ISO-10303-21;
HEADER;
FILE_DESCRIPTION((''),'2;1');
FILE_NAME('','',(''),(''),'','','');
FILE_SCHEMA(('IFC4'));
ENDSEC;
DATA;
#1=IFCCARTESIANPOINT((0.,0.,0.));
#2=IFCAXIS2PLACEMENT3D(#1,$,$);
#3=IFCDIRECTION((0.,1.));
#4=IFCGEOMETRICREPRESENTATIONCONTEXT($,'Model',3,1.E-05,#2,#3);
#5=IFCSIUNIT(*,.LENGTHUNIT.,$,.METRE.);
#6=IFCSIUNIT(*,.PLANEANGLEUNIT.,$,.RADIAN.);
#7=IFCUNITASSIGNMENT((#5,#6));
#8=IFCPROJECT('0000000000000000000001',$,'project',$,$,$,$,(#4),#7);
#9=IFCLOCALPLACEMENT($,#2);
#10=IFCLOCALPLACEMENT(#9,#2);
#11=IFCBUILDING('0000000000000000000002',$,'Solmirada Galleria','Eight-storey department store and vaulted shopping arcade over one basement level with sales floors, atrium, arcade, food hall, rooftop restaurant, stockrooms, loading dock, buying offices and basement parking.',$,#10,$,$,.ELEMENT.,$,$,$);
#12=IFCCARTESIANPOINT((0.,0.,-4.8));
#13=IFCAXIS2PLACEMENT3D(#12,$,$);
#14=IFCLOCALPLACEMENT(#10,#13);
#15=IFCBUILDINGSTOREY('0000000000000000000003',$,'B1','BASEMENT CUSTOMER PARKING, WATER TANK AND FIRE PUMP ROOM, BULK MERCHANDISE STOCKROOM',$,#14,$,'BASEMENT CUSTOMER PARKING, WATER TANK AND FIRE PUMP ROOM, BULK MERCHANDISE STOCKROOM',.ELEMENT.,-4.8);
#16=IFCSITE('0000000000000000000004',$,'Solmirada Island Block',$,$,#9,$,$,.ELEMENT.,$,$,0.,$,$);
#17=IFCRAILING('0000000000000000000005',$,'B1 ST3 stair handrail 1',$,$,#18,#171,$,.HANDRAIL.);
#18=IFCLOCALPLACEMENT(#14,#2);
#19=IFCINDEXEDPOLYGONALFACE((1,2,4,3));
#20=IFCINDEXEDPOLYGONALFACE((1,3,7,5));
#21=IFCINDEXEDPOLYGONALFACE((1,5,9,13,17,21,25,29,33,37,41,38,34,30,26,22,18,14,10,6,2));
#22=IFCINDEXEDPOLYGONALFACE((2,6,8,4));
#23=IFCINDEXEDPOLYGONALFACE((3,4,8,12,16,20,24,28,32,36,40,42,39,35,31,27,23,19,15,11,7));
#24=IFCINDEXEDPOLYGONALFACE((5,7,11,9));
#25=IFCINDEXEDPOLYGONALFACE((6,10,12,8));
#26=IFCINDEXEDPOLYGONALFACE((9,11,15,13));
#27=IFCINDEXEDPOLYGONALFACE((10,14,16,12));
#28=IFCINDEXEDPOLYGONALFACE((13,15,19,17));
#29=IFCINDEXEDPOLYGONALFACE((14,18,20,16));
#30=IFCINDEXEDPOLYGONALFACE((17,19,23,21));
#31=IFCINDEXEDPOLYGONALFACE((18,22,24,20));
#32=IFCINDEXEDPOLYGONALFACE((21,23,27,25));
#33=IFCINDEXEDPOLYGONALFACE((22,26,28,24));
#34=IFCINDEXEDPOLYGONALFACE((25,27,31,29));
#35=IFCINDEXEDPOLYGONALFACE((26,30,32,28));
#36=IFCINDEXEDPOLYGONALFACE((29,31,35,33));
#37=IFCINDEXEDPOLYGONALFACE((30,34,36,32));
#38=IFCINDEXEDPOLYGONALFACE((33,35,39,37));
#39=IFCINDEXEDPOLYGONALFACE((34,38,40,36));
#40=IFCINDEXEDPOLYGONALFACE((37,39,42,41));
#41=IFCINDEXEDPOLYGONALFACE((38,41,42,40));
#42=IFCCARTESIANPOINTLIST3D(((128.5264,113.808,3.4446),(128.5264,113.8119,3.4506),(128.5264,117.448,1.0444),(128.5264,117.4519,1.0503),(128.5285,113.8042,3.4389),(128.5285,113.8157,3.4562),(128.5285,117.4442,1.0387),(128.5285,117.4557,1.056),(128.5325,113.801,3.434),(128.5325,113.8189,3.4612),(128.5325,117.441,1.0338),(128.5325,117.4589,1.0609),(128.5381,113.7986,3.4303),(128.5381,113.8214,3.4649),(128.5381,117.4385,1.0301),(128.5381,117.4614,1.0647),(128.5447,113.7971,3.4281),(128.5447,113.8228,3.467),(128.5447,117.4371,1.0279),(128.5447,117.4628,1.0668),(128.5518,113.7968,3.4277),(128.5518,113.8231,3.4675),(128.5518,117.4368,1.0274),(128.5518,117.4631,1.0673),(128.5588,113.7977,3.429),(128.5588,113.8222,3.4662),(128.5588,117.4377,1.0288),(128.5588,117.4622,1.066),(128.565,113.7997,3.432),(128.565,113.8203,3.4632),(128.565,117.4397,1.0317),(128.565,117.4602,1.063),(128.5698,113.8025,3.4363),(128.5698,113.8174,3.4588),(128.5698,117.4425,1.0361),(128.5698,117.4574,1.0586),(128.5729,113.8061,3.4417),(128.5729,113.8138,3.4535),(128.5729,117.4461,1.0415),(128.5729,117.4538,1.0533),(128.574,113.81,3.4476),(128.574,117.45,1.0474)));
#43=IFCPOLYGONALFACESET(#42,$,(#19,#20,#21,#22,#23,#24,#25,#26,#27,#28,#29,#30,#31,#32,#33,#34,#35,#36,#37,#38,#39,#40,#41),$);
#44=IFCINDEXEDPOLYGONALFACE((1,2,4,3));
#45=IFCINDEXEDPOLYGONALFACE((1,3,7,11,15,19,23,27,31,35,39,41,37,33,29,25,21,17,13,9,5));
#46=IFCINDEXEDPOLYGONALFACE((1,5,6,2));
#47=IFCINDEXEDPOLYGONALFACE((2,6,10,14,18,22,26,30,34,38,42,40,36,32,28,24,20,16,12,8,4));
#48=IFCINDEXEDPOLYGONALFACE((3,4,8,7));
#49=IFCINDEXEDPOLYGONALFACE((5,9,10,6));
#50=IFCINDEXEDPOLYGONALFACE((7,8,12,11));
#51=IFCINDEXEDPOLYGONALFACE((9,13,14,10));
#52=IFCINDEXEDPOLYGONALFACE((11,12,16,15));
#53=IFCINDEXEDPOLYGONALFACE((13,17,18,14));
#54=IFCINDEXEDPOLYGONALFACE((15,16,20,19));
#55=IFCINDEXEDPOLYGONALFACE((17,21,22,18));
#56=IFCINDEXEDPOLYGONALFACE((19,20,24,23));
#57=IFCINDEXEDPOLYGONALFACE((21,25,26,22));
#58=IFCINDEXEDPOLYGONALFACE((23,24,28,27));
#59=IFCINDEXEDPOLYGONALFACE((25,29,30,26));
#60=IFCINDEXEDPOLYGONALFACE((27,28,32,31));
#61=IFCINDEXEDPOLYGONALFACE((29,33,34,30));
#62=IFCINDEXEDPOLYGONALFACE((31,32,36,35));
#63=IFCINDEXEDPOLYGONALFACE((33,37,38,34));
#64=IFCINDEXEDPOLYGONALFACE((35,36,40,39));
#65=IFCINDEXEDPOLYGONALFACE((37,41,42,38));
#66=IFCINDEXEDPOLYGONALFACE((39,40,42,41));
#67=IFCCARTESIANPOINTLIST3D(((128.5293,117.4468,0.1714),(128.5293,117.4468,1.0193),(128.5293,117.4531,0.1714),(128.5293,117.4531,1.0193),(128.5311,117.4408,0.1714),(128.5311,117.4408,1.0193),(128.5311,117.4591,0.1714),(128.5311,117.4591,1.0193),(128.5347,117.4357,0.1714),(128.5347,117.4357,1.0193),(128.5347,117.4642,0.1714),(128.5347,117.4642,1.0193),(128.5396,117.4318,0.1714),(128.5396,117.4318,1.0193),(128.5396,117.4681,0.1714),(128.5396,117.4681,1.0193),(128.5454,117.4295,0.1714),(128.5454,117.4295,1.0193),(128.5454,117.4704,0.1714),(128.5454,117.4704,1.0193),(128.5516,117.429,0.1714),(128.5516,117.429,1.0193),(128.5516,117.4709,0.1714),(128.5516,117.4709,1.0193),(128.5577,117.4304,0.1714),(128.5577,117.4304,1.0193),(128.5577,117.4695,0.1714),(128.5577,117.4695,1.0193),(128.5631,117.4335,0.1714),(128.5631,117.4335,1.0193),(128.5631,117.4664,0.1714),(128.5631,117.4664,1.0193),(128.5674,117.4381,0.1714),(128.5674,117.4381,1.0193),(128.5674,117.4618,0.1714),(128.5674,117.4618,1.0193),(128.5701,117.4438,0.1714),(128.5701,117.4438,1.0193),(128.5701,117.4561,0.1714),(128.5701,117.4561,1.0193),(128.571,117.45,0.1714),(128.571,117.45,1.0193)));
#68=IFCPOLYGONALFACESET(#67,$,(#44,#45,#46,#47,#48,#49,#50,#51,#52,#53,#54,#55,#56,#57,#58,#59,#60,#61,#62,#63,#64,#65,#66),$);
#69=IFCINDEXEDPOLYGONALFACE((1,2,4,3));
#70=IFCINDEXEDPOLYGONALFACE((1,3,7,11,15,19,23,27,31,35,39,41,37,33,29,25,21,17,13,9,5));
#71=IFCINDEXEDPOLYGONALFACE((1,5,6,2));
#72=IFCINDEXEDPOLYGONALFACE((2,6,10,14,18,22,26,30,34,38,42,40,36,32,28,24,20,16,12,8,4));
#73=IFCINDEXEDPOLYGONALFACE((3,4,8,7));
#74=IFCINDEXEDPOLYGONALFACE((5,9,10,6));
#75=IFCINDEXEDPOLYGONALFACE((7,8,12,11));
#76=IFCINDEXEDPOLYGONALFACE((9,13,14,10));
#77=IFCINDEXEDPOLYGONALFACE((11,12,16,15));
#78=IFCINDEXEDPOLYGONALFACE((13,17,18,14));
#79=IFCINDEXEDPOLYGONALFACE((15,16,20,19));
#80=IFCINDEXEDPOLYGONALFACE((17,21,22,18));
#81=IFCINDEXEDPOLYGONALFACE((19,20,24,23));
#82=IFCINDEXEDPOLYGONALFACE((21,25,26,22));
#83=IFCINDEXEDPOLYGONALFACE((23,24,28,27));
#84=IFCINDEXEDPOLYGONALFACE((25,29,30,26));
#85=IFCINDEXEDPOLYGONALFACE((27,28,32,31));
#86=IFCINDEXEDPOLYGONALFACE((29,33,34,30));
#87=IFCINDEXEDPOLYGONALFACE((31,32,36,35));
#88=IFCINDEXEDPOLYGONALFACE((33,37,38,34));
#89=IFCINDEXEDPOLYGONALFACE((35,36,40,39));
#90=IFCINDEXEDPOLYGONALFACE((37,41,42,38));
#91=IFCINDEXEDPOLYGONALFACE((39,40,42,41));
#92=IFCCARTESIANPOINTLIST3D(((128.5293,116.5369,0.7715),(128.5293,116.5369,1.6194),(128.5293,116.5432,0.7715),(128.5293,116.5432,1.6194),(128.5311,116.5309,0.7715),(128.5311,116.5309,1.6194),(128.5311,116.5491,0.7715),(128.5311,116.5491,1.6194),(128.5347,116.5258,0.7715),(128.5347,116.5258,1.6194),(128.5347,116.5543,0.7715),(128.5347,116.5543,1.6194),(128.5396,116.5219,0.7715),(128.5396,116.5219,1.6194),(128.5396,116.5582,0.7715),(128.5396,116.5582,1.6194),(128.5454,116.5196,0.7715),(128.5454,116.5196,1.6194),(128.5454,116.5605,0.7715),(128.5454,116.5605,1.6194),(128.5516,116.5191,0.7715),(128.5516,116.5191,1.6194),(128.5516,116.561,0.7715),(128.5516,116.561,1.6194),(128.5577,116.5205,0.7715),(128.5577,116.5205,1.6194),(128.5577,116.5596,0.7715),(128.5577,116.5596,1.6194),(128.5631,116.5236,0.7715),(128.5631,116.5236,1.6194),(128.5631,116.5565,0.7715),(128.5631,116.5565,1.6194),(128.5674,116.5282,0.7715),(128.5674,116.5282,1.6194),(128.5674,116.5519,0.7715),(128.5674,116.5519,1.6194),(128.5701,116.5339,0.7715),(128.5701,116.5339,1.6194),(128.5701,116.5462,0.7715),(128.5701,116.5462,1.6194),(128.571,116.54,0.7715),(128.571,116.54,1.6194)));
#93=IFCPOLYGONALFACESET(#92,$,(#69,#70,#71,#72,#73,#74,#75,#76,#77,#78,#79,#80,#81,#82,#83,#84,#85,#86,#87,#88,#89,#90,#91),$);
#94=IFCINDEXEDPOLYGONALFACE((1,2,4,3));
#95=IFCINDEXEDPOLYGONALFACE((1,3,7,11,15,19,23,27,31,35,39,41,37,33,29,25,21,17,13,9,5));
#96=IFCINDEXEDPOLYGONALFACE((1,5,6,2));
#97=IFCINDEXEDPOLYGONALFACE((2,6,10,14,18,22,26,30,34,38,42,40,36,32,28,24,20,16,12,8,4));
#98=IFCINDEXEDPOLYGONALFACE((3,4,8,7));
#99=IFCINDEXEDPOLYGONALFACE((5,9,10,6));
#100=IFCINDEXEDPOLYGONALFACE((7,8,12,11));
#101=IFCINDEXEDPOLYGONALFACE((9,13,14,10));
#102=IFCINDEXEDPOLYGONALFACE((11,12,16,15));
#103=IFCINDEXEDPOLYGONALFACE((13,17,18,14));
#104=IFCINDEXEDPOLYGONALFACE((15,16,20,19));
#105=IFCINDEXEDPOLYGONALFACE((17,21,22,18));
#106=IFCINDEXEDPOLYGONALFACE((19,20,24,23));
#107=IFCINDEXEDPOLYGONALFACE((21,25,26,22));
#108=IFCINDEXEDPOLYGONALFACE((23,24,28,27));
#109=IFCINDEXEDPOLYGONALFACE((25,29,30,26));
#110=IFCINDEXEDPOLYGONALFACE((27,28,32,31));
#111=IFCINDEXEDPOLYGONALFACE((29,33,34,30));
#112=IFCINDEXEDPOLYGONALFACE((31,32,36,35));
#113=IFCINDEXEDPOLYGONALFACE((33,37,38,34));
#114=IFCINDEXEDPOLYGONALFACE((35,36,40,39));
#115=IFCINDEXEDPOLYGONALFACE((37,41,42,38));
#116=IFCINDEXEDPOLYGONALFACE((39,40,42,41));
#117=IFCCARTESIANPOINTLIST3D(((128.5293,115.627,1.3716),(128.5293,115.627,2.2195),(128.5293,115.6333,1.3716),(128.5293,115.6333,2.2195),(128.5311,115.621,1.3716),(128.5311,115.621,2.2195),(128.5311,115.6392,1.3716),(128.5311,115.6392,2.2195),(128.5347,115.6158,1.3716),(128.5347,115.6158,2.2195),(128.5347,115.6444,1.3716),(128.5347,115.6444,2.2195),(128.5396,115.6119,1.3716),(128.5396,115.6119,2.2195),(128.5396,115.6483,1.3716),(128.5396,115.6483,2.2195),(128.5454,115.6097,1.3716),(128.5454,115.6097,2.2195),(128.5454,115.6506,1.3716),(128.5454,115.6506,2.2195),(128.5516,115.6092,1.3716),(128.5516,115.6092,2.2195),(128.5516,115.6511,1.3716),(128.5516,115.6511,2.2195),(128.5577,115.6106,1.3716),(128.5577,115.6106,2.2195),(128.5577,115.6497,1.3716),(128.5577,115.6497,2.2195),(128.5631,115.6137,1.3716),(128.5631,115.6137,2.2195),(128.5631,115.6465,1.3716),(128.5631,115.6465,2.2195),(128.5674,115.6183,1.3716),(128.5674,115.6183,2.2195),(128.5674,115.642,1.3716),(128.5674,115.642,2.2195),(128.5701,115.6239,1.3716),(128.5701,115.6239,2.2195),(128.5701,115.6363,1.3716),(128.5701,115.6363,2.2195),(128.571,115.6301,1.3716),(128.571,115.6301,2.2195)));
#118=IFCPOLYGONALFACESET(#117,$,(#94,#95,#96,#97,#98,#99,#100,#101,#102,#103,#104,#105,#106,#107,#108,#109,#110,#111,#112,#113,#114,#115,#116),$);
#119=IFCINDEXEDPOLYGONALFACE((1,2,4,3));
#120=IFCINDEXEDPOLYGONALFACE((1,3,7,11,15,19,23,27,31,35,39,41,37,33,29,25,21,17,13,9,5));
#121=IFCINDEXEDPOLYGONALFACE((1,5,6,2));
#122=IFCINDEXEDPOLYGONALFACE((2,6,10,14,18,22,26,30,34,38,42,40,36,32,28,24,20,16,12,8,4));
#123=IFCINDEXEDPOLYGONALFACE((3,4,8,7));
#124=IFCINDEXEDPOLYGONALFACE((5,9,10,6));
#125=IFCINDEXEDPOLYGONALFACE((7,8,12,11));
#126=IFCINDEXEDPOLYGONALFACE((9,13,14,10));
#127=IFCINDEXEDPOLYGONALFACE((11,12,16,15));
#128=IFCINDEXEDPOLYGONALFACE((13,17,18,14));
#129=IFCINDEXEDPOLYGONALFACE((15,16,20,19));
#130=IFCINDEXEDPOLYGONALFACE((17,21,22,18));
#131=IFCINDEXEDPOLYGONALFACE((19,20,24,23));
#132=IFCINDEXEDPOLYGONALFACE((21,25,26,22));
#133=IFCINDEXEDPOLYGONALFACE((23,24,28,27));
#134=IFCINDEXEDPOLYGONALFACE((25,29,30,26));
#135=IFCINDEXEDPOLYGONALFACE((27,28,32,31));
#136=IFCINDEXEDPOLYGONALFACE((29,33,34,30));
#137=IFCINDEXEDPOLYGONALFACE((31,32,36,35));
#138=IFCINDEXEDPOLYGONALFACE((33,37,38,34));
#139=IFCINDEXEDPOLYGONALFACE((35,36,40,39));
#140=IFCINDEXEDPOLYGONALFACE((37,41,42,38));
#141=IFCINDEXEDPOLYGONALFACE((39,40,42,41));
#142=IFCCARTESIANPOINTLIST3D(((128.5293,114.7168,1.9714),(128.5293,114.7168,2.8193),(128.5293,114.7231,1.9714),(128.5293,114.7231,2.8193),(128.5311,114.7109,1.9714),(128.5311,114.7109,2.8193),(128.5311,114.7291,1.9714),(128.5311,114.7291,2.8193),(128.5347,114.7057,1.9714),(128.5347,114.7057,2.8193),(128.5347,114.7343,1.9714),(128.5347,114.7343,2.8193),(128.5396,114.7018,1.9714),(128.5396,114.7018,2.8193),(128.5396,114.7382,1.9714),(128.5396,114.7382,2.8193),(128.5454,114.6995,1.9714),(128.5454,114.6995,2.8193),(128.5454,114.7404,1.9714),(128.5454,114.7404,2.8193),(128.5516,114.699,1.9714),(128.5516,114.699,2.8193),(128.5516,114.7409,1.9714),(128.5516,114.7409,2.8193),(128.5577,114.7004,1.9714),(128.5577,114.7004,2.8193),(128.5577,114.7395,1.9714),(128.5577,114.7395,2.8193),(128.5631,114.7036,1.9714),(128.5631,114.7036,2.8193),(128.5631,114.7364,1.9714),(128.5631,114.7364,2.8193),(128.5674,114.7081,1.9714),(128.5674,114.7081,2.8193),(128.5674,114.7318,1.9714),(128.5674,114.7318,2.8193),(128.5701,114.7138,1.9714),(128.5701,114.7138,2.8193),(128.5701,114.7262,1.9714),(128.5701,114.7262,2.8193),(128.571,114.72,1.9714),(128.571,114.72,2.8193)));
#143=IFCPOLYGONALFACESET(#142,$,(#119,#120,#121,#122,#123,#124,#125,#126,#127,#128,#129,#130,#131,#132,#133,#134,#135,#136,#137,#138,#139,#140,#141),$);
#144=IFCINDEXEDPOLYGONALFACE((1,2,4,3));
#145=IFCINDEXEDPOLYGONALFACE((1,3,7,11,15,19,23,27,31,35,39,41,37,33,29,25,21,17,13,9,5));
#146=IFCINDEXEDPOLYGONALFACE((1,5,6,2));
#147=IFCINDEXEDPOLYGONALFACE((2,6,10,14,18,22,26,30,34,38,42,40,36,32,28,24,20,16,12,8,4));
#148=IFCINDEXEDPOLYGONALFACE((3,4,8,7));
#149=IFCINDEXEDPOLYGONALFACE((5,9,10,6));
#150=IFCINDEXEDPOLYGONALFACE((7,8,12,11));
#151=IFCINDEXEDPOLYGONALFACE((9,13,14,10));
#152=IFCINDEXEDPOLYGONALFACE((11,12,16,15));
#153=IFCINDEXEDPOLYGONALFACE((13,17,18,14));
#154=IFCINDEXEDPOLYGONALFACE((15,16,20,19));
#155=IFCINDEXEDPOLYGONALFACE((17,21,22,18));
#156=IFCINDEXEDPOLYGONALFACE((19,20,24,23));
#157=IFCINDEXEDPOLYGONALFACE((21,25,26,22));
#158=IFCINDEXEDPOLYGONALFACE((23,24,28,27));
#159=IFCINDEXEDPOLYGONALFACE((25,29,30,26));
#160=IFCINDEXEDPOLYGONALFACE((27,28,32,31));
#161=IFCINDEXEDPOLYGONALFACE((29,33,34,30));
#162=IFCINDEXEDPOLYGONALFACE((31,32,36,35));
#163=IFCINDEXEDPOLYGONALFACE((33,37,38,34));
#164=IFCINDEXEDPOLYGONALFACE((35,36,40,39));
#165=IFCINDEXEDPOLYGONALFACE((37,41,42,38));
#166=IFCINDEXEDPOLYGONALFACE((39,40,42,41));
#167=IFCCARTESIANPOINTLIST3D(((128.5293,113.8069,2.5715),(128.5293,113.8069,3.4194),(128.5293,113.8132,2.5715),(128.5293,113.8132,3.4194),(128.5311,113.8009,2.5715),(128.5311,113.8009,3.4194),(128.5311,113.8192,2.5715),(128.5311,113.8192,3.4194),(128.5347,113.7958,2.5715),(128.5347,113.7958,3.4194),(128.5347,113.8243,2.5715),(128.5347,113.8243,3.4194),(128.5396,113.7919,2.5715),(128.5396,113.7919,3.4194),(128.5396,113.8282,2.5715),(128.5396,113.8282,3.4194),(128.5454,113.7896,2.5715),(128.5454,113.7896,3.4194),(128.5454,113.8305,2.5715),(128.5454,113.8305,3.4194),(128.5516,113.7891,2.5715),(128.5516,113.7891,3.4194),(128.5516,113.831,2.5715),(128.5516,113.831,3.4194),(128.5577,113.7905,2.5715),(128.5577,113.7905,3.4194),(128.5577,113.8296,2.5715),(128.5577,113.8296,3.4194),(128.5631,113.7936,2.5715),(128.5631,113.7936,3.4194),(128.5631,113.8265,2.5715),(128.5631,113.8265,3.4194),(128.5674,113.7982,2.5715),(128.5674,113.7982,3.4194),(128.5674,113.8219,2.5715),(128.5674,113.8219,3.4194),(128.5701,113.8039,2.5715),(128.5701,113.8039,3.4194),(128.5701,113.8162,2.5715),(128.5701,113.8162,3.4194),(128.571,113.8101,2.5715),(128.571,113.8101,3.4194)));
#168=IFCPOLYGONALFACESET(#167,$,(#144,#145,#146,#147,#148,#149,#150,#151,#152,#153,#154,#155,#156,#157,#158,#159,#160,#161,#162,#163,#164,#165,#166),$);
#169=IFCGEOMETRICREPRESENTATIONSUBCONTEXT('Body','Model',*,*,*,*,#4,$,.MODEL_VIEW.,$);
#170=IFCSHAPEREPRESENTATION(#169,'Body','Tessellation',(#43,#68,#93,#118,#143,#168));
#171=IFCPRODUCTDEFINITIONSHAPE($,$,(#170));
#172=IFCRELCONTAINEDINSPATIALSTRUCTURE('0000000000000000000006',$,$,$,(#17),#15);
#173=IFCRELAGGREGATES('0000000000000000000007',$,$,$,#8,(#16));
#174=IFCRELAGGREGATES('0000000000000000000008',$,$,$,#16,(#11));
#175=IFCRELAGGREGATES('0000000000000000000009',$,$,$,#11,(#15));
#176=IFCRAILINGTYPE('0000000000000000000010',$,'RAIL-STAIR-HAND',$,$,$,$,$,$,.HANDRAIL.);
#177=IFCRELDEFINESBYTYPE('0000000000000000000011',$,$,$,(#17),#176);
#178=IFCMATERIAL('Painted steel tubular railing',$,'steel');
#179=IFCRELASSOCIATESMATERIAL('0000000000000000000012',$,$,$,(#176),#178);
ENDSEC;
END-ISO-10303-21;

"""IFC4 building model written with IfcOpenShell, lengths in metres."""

from ifc_helpers import new_model, si_unit, direction, frame, origin, origin_2d, place, context, subcontext, project, spatial, circle, extrude, material, type_object, element, save


model = new_model("IFC4")

# Units and contexts
model_context = context("Model", 3, precision=1e-05, world=origin(), true_north=direction((0.0, 1.0)))
body_context = subcontext(model_context, "Body", "Model", "MODEL_VIEW")
ifc_project = project(units=[si_unit("LENGTHUNIT", "METRE"), si_unit("PLANEANGLEUNIT", "RADIAN")], contexts=[model_context])

# Site, building, storey
site_placement = place(None, origin())
site = spatial("IfcSite", under=ifc_project, at=site_placement, Name="Solmirada Island Block", CompositionType="ELEMENT", RefElevation=0.0)
building_placement = place(site_placement, origin())
building = spatial("IfcBuilding", under=site, at=building_placement, Name="Solmirada Galleria", Description="Eight-storey department store and vaulted shopping arcade over one basement level with sales floors, atrium, arcade, food hall, rooftop restaurant, stockrooms, loading dock, buying offices and basement parking.", CompositionType="ELEMENT")
storey_placement = place(building_placement, frame((0.0, 0.0, -4.8)))
storey = spatial("IfcBuildingStorey", under=building, at=storey_placement, Name="B1", Description="BASEMENT CUSTOMER PARKING, WATER TANK AND FIRE PUMP ROOM, BULK MERCHANDISE STOCKROOM", LongName="BASEMENT CUSTOMER PARKING, WATER TANK AND FIRE PUMP ROOM, BULK MERCHANDISE STOCKROOM", CompositionType="ELEMENT", Elevation=-4.8)

# Railing
ifc_material_1 = material(Name="Painted steel tubular railing", Category="steel")
railing_type_1 = type_object("IfcRailingType", Name="RAIL-STAIR-HAND", PredefinedType="HANDRAIL", material=ifc_material_1)
railing_1_placement = place(storey_placement, frame((128.55, 117.45, 0.1714)))
element("IfcRailing", 1, at=railing_1_placement, inside=storey, type_object=railing_type_1, Name="B1 ST3 stair handrail 1", PredefinedType="HANDRAIL", context=body_context, shape_type="SweptSolid", body=[
    extrude(circle(Radius=0.0239, at=origin_2d()), frame((0.0, 0.0, 0.876), z_axis=(0.0, -0.834839, 0.550493), x_axis=(1.0, 0.0, 0.0)), (0.0, 0.0, 1.0), 4.3601),
    extrude(circle(Radius=0.021, at=origin_2d()), origin(), (0.0, 0.0, 1.0), 0.8479),
    extrude(circle(Radius=0.021, at=origin_2d()), frame((0.0, -0.9099, 0.6001)), (0.0, 0.0, 1.0), 0.8479),
    extrude(circle(Radius=0.021, at=origin_2d()), frame((0.0, -1.8198, 1.2002)), (0.0, 0.0, 1.0), 0.8479),
    extrude(circle(Radius=0.021, at=origin_2d()), frame((0.0, -2.73, 1.8)), (0.0, 0.0, 1.0), 0.8479),
    extrude(circle(Radius=0.021, at=origin_2d()), frame((0.0, -3.6399, 2.4001)), (0.0, 0.0, 1.0), 0.8479),
])

save(model, "model.ifc")
